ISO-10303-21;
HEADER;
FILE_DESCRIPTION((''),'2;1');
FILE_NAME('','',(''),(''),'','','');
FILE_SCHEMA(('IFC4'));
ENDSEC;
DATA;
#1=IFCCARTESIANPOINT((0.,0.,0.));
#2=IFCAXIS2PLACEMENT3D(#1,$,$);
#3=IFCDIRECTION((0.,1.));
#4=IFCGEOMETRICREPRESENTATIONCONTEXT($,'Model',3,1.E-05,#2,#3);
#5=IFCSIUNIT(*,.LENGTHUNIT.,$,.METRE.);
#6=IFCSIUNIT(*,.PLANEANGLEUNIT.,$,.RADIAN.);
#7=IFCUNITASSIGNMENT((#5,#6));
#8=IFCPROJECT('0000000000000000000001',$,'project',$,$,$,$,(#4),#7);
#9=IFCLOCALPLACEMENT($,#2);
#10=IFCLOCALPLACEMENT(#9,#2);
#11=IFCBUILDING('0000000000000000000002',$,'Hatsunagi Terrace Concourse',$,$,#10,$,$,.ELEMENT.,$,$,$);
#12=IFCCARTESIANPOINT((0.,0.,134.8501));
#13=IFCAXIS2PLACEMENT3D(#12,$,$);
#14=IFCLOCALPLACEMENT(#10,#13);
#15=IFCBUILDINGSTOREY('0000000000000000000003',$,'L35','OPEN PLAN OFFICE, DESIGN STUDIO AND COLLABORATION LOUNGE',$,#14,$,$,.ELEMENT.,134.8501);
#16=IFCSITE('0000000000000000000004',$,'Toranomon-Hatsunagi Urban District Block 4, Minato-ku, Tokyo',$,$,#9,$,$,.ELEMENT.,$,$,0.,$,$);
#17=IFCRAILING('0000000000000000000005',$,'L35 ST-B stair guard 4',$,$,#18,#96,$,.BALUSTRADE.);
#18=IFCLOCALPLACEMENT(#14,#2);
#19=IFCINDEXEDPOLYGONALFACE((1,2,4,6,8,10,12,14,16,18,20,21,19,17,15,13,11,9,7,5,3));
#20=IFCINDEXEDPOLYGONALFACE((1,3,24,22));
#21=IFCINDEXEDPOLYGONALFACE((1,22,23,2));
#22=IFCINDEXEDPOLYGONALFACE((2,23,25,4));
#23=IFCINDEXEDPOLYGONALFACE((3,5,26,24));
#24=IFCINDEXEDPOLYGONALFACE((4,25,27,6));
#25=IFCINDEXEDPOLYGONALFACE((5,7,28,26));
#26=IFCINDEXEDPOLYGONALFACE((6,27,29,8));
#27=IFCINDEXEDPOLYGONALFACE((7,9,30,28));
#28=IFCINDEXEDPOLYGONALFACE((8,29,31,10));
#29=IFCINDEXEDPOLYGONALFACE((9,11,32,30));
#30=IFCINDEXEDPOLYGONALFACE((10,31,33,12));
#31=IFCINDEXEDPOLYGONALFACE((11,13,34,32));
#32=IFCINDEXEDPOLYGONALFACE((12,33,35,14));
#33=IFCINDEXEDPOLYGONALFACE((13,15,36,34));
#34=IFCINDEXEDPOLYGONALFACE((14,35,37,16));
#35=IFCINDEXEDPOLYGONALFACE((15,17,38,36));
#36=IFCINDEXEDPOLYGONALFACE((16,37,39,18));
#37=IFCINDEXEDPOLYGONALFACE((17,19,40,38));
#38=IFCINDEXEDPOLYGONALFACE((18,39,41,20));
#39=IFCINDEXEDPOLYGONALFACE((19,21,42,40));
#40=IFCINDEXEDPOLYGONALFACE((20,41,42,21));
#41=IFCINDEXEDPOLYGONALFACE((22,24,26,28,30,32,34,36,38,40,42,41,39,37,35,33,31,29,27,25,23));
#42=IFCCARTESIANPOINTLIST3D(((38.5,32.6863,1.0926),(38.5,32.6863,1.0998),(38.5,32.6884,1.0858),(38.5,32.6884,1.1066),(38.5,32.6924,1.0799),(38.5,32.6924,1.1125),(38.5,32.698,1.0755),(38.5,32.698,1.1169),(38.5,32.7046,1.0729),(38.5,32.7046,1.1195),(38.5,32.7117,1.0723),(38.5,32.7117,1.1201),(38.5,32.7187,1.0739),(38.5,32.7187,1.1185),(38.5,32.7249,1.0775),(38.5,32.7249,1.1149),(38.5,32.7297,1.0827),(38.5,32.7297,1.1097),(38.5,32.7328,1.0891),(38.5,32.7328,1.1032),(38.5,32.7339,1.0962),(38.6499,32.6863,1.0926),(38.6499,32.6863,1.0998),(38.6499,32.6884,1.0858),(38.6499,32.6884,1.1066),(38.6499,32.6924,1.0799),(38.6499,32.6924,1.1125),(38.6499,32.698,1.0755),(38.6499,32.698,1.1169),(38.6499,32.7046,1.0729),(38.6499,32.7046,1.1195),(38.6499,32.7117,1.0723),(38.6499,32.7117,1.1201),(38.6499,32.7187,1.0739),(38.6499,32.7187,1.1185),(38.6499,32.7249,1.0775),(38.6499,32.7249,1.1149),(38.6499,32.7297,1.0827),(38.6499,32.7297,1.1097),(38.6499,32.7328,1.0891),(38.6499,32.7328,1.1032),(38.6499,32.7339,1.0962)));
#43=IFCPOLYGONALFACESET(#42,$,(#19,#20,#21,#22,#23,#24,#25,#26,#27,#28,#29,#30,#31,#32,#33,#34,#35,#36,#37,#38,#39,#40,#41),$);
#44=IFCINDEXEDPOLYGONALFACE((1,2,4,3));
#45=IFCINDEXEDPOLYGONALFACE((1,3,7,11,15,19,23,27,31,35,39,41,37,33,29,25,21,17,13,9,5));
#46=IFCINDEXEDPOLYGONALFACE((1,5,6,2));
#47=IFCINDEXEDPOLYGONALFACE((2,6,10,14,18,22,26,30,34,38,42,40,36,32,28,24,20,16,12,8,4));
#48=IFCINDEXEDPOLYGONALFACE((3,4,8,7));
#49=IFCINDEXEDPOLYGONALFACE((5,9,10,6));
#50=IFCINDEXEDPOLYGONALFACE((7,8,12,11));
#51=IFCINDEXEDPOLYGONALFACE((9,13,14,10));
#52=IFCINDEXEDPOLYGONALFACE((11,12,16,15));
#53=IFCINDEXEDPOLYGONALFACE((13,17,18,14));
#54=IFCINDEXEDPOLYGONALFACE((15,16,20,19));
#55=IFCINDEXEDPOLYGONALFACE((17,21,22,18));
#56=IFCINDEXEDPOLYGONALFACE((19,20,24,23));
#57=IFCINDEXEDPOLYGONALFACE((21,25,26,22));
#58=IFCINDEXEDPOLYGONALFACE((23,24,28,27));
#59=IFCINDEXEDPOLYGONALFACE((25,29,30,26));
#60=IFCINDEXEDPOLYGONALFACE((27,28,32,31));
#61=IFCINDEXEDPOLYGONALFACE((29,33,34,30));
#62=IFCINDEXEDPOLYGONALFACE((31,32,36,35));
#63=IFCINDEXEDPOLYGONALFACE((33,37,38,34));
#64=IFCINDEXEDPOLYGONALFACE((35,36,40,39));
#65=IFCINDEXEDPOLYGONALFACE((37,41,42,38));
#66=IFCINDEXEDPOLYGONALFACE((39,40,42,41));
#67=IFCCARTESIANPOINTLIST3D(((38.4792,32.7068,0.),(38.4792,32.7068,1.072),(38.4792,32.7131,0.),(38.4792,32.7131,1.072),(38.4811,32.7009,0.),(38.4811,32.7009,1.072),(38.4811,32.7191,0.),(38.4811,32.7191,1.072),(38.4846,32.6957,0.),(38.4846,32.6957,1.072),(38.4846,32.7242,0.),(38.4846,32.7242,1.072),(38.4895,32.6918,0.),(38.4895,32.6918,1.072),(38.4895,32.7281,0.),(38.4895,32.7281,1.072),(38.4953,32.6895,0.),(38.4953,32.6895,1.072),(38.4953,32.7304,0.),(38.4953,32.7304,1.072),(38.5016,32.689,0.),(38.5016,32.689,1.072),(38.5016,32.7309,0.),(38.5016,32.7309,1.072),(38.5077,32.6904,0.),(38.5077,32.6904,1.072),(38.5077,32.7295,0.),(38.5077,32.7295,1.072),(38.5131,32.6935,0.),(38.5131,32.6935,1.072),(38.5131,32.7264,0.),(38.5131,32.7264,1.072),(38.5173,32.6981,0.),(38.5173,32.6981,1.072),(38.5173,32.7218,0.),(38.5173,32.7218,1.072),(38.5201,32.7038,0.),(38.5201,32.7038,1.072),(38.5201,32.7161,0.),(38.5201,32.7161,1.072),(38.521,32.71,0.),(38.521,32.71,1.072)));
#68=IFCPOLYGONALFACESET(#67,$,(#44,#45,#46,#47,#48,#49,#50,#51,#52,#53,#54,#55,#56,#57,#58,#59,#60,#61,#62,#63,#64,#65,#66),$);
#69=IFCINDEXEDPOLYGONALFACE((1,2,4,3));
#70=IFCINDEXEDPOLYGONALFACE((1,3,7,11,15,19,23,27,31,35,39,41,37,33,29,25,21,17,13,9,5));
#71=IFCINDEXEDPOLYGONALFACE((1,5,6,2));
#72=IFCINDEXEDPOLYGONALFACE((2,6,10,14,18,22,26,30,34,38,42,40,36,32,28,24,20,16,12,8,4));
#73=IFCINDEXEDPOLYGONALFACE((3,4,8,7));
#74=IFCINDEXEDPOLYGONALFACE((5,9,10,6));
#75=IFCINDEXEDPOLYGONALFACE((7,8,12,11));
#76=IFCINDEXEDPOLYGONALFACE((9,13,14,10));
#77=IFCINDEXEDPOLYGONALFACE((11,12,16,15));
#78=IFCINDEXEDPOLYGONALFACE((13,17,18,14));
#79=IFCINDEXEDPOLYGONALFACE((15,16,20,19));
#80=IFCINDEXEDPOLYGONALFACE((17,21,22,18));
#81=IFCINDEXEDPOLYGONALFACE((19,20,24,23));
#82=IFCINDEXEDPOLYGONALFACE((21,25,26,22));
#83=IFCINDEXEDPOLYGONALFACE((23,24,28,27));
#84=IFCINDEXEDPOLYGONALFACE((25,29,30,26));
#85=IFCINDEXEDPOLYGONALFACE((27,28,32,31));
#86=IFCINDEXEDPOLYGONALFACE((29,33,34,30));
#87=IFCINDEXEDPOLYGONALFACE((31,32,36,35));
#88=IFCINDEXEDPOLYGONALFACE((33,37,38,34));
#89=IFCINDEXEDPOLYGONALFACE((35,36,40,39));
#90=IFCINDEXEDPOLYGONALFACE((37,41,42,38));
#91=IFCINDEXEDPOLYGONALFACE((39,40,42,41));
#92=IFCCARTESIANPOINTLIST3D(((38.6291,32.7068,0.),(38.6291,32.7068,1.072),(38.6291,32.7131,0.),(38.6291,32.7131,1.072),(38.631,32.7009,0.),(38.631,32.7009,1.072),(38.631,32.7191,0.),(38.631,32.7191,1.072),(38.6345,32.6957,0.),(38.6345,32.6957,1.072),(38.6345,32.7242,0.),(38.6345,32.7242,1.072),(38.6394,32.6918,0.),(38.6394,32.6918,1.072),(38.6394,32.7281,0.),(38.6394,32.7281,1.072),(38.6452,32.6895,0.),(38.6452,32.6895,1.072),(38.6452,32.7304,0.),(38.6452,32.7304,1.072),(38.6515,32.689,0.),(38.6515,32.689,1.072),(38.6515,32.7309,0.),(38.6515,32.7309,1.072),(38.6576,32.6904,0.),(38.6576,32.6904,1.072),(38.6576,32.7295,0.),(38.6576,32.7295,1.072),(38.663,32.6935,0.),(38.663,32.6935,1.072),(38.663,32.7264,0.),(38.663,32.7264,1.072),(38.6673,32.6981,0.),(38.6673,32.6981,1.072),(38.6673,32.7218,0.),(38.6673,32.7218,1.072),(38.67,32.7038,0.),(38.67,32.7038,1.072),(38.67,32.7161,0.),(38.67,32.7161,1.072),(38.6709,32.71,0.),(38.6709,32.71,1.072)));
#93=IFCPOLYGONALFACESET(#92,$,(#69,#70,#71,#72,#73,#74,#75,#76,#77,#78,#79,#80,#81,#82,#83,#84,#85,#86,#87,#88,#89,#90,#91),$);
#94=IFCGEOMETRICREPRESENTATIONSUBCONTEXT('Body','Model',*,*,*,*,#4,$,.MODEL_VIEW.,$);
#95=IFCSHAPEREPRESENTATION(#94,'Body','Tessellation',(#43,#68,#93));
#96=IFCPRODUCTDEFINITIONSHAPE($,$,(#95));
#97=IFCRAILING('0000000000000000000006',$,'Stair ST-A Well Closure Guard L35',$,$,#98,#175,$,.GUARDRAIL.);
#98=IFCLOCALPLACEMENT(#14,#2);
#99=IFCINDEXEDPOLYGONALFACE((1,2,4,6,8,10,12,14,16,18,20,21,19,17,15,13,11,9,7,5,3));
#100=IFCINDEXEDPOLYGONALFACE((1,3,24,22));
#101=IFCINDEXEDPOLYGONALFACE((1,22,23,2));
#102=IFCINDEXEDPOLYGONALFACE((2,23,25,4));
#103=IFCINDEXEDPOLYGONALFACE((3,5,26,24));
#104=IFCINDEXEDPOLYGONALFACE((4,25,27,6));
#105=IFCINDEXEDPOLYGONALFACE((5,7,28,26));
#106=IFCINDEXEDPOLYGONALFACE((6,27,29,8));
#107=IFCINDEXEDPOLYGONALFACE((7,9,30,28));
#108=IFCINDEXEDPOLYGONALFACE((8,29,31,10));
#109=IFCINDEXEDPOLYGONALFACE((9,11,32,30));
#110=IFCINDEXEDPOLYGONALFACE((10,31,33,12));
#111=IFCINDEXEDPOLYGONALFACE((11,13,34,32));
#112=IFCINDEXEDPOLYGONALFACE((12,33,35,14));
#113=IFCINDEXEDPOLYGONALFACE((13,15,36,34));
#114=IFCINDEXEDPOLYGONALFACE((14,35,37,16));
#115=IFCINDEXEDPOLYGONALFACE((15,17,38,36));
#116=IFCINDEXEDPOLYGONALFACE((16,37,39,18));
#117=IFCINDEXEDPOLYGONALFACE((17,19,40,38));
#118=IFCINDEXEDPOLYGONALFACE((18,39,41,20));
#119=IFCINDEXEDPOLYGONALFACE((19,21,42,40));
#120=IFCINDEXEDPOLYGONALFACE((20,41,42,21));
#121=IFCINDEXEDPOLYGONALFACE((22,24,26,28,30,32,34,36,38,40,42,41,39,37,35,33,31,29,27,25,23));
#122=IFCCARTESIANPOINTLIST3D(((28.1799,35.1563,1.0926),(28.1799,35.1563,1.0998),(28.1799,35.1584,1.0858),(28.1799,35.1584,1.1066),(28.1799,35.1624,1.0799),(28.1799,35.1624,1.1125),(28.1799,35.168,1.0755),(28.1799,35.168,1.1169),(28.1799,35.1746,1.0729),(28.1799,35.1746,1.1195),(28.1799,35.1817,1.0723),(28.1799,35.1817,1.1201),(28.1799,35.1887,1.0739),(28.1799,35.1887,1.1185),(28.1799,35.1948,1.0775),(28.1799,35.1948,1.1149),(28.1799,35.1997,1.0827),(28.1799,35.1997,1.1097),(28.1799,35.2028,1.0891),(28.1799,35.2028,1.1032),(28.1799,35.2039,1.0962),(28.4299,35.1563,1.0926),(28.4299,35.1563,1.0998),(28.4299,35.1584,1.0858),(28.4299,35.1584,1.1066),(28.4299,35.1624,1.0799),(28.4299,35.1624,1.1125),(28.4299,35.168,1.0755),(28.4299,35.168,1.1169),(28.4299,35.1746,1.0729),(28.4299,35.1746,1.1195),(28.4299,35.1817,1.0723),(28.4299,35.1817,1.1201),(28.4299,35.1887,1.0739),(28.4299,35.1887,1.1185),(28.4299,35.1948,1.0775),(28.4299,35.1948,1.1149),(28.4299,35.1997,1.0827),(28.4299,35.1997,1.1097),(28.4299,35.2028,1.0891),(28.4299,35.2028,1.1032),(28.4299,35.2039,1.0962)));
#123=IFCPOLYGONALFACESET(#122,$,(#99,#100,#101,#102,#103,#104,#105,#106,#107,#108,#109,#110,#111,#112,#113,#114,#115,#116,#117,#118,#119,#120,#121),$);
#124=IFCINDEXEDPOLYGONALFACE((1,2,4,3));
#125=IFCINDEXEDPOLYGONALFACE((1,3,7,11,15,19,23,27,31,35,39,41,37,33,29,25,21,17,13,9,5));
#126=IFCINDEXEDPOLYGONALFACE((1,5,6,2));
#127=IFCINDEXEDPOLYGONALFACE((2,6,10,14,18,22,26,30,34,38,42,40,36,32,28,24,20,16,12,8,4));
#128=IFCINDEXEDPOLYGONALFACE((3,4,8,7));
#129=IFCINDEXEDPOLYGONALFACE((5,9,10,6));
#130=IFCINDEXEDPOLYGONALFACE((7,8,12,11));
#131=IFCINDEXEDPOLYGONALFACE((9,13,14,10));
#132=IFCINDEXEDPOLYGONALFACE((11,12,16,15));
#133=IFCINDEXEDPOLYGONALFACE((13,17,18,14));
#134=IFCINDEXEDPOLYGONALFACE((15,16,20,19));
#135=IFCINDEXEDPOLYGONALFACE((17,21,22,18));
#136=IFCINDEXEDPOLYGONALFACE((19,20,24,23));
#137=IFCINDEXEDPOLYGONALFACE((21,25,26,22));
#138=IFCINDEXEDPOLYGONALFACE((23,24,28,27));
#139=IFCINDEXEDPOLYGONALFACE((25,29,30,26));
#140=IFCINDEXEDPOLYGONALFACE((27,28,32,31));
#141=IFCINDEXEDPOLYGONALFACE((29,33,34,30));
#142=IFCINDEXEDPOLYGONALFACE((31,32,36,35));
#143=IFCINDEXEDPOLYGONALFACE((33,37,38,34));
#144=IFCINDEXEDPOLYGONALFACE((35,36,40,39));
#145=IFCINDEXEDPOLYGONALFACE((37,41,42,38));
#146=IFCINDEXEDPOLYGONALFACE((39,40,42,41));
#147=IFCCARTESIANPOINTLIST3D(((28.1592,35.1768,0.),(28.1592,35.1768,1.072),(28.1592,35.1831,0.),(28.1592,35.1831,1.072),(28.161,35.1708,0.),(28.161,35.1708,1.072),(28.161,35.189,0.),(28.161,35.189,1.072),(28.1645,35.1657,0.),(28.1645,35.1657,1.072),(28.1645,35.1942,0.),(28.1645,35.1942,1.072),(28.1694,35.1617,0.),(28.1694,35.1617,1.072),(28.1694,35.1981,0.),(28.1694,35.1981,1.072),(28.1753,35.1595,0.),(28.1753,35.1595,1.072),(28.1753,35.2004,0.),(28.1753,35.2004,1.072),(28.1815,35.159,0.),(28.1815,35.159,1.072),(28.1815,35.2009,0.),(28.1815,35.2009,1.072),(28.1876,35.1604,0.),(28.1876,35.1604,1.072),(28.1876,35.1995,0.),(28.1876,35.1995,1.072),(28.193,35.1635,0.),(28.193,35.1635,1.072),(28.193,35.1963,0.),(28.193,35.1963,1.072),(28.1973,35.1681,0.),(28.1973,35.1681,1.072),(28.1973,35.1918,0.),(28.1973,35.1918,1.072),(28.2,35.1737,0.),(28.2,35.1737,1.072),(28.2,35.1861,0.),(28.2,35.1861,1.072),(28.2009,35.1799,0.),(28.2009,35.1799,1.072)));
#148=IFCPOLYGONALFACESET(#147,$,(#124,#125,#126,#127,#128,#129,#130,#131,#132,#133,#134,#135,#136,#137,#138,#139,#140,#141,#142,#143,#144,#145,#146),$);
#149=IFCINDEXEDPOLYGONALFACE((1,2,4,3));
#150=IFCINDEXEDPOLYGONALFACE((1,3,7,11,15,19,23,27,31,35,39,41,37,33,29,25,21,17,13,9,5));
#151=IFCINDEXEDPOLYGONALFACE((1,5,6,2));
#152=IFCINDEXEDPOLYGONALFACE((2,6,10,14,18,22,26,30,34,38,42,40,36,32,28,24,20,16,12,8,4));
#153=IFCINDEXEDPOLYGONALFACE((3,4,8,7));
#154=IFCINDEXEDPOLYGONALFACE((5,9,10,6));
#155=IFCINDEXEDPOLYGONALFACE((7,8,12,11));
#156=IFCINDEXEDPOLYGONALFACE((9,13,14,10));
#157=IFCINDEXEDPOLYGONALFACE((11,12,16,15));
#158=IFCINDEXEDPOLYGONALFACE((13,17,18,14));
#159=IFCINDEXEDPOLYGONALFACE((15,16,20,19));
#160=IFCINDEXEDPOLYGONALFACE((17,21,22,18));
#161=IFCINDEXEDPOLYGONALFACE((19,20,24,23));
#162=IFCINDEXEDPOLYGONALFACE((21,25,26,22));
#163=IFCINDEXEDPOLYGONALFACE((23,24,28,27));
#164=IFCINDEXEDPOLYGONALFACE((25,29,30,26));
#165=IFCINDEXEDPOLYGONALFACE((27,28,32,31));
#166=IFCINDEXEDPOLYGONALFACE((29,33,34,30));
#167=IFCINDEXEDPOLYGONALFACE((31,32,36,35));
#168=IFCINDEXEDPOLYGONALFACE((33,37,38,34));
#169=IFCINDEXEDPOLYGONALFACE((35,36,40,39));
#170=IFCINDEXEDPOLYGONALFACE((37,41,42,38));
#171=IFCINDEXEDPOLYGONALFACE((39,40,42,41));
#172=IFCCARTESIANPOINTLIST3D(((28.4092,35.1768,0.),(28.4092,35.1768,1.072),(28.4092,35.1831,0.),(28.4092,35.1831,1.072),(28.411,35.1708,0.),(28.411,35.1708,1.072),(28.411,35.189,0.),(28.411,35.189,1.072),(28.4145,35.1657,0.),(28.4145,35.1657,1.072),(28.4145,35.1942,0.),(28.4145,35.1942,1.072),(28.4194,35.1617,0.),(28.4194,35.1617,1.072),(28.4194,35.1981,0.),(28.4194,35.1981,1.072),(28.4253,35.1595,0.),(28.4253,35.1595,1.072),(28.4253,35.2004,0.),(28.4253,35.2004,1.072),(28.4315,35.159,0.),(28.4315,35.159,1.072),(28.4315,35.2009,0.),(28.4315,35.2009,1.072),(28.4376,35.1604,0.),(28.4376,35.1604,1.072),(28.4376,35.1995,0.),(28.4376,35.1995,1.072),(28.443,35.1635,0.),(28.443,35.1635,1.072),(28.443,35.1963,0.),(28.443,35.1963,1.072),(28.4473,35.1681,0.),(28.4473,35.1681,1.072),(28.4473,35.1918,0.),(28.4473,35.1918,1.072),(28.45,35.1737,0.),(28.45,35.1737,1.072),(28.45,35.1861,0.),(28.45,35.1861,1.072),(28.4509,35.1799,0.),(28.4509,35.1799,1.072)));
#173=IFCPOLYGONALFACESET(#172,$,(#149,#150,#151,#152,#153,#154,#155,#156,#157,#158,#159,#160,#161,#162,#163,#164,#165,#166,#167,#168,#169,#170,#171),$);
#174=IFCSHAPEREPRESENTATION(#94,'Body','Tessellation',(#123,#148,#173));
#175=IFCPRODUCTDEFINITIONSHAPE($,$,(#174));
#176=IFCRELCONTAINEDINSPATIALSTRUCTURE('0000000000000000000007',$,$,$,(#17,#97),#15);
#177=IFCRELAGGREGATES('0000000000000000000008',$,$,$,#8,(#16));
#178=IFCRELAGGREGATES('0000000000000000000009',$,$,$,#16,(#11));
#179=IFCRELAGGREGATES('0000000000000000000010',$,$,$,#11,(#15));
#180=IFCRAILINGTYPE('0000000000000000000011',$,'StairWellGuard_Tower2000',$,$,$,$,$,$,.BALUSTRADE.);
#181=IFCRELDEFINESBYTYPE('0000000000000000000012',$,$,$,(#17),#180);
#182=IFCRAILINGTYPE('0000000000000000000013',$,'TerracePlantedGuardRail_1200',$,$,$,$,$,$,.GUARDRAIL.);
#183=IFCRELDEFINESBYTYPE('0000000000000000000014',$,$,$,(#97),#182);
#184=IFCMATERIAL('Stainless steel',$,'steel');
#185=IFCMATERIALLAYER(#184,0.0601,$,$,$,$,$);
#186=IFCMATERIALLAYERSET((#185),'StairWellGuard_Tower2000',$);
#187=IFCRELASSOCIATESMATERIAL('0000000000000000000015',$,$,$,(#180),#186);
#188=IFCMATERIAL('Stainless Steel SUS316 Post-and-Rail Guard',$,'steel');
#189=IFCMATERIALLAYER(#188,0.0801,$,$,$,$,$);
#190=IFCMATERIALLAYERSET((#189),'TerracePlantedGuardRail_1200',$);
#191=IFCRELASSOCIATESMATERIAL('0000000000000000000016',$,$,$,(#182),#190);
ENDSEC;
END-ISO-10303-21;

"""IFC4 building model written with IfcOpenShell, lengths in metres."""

from ifc_helpers import new_model, si_unit, direction, frame, origin, origin_2d, place, context, subcontext, project, spatial, circle, extrude, material, layer, layer_set, type_object, element, save


model = new_model("IFC4")

# Units and contexts
model_context = context("Model", 3, precision=1e-05, world=origin(), true_north=direction((0.0, 1.0)))
body_context = subcontext(model_context, "Body", "Model", "MODEL_VIEW")
ifc_project = project(units=[si_unit("LENGTHUNIT", "METRE"), si_unit("PLANEANGLEUNIT", "RADIAN")], contexts=[model_context])

# Site, building, storey
site_placement = place(None, origin())
site = spatial("IfcSite", under=ifc_project, at=site_placement, Name="Toranomon-Hatsunagi Urban District Block 4, Minato-ku, Tokyo", CompositionType="ELEMENT", RefElevation=0.0)
building_placement = place(site_placement, origin())
building = spatial("IfcBuilding", under=site, at=building_placement, Name="Hatsunagi Terrace Concourse", CompositionType="ELEMENT")
storey_placement = place(building_placement, frame((0.0, 0.0, 134.8501)))
storey = spatial("IfcBuildingStorey", under=building, at=storey_placement, Name="L35", Description="OPEN PLAN OFFICE, DESIGN STUDIO AND COLLABORATION LOUNGE", CompositionType="ELEMENT", Elevation=134.8501)

# Railings
ifc_material_1 = material(Name="Stainless steel", Category="steel")
ifc_layer_1 = layer(ifc_material_1, 0.0601)
ifc_layer_set_1 = layer_set([ifc_layer_1], Name="StairWellGuard_Tower2000")
railing_type_1 = type_object("IfcRailingType", Name="StairWellGuard_Tower2000", PredefinedType="BALUSTRADE", material=ifc_layer_set_1)
for number, where, name in (
    (1, (38.5, 32.71, 0.0), "L35 ST-B stair guard 4"),
):
    element("IfcRailing", number, at=place(storey_placement, frame(where)), inside=storey, type_object=railing_type_1, Name=name, PredefinedType="BALUSTRADE", context=body_context, shape_type="SweptSolid", body=[
        extrude(circle(Radius=0.0239, at=origin_2d()), frame((0.0, 0.0, 1.0962), z_axis=(1.0, 0.0, 0.0), x_axis=(0.0, 1.0, 0.0)), (0.0, 0.0, 1.0), 0.1499),
        extrude(circle(Radius=0.021, at=origin_2d()), origin(), (0.0, 0.0, 1.0), 1.072),
        extrude(circle(Radius=0.021, at=origin_2d()), frame((0.1499, 0.0, 0.0)), (0.0, 0.0, 1.0), 1.072),
    ])
ifc_material_2 = material(Name="Stainless Steel SUS316 Post-and-Rail Guard", Category="steel")
ifc_layer_2 = layer(ifc_material_2, 0.0801)
ifc_layer_set_2 = layer_set([ifc_layer_2], Name="TerracePlantedGuardRail_1200")
railing_type_2 = type_object("IfcRailingType", Name="TerracePlantedGuardRail_1200", PredefinedType="GUARDRAIL", material=ifc_layer_set_2)
for number, where, name in (
    (2, (28.1799, 35.1799, 0.0), "Stair ST-A Well Closure Guard L35"),
):
    element("IfcRailing", number, at=place(storey_placement, frame(where)), inside=storey, type_object=railing_type_2, Name=name, PredefinedType="GUARDRAIL", context=body_context, shape_type="SweptSolid", body=[
        extrude(circle(Radius=0.0239, at=origin_2d()), frame((0.0, 0.0, 1.0962), z_axis=(1.0, 0.0, 0.0), x_axis=(0.0, 1.0, 0.0)), (0.0, 0.0, 1.0), 0.25),
        extrude(circle(Radius=0.021, at=origin_2d()), origin(), (0.0, 0.0, 1.0), 1.072),
        extrude(circle(Radius=0.021, at=origin_2d()), frame((0.25, 0.0, 0.0)), (0.0, 0.0, 1.0), 1.072),
    ])

save(model, "model.ifc")
